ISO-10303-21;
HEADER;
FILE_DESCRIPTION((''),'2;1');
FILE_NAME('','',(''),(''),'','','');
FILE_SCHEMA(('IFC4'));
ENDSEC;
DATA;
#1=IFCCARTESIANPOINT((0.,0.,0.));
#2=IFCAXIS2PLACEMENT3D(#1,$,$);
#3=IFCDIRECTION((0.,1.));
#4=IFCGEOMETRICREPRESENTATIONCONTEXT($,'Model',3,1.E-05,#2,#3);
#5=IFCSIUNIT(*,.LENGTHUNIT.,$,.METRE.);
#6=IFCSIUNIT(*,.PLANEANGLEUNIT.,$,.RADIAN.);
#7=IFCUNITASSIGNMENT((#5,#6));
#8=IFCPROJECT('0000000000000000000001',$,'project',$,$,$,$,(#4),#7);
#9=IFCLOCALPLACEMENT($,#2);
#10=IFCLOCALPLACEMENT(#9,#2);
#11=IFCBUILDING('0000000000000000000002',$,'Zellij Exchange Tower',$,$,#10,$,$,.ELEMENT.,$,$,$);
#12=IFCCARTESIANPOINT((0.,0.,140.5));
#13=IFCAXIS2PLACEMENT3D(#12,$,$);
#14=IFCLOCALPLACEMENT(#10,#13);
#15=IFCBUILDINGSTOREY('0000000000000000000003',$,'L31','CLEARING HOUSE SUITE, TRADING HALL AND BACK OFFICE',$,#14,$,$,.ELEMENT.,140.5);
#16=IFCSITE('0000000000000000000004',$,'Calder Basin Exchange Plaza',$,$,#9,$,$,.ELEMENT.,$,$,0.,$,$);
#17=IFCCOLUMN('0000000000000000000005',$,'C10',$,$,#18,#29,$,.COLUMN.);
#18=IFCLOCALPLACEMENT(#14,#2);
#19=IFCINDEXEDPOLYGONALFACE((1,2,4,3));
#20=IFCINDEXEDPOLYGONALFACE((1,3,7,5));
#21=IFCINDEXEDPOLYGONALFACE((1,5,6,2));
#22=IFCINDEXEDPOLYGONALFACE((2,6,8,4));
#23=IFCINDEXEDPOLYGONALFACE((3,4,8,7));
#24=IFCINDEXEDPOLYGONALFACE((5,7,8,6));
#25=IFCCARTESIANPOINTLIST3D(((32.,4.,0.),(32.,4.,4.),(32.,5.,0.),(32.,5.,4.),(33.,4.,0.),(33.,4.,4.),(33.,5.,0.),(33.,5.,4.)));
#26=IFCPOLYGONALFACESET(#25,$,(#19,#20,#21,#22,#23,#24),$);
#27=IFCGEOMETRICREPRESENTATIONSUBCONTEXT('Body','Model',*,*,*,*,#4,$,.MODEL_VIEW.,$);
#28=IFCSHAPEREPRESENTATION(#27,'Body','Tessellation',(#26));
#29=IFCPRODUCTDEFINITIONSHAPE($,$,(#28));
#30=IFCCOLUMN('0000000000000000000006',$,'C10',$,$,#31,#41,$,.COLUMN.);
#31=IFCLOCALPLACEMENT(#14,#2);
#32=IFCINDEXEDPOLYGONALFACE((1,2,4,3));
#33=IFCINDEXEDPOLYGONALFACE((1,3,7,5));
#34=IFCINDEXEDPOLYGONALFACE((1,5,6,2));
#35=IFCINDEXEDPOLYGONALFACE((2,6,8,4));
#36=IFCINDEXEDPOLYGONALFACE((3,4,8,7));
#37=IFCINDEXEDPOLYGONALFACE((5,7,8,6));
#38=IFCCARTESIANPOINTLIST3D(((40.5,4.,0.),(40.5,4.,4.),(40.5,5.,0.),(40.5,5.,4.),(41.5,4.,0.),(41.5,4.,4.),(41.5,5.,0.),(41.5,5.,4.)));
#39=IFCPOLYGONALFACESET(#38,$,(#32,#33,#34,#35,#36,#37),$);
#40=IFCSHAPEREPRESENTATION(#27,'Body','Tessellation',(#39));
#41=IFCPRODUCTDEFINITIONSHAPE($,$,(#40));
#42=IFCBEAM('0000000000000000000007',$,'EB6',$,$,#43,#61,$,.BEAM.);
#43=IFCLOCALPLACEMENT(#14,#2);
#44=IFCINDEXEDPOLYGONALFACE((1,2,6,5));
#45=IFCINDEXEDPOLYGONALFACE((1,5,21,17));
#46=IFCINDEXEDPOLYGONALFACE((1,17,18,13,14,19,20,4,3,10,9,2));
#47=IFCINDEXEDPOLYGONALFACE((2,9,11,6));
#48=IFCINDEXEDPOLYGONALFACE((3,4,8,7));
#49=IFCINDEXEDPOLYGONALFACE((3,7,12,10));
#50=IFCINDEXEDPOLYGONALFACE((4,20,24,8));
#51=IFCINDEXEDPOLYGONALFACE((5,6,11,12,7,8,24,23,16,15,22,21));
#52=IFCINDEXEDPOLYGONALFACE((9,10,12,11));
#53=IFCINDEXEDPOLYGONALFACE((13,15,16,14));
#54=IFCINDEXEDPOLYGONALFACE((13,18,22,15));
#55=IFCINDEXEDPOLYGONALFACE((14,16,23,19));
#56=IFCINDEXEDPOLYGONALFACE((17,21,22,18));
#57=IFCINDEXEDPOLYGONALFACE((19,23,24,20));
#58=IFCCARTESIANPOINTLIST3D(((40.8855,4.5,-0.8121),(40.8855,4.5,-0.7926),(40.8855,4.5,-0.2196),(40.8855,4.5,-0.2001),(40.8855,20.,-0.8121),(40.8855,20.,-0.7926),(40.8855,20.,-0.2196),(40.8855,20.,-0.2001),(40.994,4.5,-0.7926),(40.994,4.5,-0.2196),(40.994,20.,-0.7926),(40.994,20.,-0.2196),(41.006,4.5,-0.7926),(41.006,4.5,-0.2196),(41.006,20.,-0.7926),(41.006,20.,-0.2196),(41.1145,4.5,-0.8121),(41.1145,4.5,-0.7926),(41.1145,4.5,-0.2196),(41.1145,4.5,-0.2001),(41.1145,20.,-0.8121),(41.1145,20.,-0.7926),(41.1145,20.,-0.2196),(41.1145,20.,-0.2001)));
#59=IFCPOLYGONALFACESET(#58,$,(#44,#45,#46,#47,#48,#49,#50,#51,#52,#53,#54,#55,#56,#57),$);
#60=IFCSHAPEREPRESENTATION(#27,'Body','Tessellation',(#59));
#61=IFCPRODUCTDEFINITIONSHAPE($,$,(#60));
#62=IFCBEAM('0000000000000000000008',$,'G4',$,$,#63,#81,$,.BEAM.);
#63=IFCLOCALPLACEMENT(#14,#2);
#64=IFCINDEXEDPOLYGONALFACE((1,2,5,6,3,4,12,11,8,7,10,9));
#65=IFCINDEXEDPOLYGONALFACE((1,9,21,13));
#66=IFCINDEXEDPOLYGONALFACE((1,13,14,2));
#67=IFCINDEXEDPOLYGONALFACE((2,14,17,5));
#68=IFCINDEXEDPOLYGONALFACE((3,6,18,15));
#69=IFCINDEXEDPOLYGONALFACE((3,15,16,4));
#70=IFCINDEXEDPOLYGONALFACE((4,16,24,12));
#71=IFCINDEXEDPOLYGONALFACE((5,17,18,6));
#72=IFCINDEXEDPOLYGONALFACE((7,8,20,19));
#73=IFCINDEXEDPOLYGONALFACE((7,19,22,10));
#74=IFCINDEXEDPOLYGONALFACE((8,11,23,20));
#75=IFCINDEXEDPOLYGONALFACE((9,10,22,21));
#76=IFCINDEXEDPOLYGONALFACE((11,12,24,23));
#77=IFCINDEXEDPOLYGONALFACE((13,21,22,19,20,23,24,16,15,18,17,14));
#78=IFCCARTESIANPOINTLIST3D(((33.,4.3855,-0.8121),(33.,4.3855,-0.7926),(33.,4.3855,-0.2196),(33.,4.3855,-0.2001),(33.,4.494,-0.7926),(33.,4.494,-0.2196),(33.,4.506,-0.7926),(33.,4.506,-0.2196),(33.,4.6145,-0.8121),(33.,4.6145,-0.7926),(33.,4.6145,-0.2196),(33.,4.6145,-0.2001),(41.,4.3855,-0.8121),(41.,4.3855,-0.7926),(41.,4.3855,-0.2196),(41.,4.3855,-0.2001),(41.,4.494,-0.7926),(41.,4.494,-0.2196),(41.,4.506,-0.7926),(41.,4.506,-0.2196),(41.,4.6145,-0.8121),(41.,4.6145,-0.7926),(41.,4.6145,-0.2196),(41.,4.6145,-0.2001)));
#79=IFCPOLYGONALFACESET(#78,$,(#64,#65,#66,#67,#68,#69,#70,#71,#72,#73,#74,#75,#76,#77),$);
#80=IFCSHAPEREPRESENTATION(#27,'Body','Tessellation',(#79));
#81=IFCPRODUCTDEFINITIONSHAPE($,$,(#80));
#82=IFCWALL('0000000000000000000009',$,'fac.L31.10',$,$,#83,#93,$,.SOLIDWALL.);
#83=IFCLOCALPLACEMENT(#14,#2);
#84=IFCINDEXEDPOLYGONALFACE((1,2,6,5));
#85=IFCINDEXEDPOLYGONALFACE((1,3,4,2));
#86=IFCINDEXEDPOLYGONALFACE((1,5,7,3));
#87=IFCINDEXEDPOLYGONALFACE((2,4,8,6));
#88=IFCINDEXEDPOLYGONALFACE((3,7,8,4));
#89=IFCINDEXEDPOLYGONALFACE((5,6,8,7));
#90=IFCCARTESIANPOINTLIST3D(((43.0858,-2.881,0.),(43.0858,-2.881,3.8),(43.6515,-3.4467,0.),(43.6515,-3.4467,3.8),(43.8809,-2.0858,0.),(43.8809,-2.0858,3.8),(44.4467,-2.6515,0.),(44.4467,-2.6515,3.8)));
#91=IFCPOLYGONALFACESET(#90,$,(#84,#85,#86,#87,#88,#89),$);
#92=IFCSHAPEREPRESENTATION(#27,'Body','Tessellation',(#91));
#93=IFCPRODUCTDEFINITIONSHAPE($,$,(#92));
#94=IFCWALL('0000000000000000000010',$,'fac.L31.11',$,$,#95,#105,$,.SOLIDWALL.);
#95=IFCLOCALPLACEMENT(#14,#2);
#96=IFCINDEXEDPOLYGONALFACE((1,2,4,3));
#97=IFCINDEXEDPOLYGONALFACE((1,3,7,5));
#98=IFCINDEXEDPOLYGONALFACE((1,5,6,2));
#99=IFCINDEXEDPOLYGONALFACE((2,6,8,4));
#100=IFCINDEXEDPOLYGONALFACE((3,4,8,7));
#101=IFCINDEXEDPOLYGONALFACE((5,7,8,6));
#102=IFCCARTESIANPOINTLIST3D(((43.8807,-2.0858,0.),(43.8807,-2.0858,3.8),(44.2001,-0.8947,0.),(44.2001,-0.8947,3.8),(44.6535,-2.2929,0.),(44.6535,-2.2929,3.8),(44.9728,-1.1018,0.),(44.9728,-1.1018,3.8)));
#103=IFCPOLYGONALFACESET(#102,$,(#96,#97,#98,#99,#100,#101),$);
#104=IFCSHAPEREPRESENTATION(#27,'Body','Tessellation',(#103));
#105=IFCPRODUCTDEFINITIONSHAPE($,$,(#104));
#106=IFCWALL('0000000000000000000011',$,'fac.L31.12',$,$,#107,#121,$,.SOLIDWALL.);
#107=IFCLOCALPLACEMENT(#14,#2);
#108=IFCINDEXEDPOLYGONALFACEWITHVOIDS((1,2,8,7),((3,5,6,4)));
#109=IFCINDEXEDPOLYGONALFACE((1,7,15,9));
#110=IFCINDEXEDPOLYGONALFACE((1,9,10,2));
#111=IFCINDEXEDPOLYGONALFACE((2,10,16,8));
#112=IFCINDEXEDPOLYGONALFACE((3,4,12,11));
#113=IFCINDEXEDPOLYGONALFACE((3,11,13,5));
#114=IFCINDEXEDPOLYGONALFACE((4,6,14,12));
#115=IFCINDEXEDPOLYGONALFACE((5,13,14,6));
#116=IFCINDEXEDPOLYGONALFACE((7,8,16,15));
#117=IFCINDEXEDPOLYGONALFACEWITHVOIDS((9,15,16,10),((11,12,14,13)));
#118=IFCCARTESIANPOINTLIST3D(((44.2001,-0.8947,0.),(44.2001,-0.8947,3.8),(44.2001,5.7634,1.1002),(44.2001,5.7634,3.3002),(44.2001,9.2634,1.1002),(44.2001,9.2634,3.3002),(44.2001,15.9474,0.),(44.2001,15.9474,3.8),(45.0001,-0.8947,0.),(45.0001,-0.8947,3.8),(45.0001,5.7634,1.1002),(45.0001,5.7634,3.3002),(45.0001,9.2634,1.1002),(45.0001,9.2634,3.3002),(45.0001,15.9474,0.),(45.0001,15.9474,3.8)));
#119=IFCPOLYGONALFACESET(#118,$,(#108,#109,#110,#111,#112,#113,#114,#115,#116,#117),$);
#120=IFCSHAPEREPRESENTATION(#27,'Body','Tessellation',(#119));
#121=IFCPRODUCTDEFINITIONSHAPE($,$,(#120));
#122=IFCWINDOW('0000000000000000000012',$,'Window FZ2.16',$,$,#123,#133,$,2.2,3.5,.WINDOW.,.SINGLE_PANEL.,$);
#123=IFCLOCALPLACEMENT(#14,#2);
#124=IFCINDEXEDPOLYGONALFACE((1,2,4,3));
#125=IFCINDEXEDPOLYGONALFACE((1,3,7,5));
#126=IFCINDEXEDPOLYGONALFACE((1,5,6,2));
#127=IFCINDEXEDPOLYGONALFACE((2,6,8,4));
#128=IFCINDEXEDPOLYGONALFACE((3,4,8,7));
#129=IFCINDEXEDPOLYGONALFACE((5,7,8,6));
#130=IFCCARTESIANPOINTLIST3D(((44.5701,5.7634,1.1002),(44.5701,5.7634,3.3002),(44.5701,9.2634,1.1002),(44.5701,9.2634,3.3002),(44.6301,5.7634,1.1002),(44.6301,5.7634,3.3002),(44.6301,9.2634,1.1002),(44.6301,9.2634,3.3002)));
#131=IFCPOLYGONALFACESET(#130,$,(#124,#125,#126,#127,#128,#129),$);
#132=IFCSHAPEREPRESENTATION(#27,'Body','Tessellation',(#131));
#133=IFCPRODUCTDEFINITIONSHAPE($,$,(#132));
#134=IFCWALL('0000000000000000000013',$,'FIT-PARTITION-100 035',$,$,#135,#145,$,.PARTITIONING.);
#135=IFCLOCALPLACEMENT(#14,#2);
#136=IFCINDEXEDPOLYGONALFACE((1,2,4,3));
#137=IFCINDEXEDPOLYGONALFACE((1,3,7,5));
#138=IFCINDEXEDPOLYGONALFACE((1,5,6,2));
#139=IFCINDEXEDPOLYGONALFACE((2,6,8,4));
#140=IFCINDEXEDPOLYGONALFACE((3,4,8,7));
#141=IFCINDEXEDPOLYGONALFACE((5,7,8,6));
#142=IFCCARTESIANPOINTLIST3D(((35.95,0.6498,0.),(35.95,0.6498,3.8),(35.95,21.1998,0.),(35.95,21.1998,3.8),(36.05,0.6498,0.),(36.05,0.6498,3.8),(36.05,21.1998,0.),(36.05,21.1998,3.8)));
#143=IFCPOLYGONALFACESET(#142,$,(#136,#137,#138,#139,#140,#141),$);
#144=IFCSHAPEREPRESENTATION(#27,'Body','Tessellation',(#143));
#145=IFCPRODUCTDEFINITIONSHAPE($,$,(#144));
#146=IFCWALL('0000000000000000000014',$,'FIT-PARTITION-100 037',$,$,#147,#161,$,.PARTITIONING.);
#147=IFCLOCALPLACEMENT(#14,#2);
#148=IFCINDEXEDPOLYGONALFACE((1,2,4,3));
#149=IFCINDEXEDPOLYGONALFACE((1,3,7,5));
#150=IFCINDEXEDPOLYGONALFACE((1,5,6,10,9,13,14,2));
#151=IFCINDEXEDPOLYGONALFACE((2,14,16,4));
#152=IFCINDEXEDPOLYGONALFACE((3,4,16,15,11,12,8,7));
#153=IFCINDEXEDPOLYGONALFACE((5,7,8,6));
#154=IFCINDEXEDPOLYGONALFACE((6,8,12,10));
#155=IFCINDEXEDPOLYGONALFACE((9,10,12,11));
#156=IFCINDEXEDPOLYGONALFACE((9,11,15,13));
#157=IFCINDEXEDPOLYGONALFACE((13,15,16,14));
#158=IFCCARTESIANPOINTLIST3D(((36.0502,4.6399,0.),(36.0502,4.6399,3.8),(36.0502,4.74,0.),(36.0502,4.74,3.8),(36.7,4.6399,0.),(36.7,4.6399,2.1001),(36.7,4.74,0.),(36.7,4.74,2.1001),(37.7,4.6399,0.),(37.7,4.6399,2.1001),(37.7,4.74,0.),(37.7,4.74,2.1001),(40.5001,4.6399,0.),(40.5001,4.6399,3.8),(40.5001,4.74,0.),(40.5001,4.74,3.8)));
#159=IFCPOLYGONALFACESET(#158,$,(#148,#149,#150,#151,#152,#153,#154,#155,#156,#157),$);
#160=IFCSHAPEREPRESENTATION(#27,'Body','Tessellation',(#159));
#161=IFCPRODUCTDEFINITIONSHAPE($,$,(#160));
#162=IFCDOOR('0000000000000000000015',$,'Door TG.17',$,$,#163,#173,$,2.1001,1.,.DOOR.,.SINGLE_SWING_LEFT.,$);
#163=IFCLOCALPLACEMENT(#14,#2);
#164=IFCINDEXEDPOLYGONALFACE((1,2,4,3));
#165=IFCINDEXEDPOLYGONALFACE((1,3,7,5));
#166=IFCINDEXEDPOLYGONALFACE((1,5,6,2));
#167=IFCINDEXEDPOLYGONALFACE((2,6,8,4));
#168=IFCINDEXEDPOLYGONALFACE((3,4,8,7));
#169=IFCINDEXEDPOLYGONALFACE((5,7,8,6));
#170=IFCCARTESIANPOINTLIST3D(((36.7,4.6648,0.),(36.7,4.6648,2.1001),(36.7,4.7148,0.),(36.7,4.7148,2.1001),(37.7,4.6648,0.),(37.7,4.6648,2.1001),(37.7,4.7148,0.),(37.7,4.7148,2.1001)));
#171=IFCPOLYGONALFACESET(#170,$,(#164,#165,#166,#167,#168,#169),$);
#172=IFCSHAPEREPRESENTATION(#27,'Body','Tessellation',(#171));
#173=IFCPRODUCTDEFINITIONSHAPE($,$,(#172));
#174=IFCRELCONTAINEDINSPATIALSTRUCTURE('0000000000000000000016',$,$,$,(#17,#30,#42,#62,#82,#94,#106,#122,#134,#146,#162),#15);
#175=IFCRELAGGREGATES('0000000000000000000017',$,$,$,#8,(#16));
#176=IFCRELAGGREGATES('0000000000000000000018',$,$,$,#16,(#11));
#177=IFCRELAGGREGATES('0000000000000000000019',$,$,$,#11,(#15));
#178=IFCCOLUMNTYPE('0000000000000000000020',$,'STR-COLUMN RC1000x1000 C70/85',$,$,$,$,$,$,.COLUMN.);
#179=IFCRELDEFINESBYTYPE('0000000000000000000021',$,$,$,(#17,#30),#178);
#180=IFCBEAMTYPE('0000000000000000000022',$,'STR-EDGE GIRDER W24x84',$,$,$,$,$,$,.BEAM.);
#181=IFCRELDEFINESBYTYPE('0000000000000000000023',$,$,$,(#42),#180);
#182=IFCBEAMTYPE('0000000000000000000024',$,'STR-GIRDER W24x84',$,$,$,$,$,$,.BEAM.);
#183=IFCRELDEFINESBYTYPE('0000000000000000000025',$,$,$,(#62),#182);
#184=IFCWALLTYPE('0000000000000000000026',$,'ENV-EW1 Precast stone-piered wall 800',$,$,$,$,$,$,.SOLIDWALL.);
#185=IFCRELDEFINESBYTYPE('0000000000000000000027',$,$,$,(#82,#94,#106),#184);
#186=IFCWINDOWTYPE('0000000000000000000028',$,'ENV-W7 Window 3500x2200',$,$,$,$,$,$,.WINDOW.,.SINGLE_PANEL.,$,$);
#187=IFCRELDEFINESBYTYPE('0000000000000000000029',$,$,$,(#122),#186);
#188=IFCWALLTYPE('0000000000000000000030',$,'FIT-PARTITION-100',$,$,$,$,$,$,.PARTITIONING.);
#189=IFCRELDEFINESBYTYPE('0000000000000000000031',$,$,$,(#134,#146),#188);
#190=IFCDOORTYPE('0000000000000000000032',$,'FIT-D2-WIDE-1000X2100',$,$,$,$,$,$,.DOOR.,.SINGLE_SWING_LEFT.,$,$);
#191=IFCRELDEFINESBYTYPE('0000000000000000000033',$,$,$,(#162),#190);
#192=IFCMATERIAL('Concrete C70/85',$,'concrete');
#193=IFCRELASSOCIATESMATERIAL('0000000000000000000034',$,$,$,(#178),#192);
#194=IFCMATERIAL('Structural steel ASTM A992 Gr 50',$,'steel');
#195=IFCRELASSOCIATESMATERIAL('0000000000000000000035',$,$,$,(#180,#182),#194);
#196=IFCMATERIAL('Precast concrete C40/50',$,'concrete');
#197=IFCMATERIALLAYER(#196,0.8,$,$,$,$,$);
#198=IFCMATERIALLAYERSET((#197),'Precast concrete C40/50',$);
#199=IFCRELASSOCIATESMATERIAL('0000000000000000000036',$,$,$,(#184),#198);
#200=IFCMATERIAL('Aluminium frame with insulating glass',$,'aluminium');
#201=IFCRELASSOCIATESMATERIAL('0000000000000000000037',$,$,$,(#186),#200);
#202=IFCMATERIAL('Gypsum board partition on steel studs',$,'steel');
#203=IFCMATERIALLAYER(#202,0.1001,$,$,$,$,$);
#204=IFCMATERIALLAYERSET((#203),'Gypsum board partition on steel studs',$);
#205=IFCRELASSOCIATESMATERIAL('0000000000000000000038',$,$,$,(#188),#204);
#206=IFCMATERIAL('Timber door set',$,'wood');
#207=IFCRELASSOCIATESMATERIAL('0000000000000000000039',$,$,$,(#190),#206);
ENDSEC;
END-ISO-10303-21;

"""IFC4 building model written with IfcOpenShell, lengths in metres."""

from ifc_helpers import new_model, si_unit, direction, frame, frame_2d, origin, origin_2d, place, context, subcontext, project, spatial, rectangle, i_section, extrude, material, layer, layer_set, material_profile, profile_set, type_object, element, fill, save


model = new_model("IFC4")

# Units and contexts
model_context = context("Model", 3, precision=1e-05, world=origin(), true_north=direction((0.0, 1.0)))
body_context = subcontext(model_context, "Body", "Model", "MODEL_VIEW")
ifc_project = project(units=[si_unit("LENGTHUNIT", "METRE"), si_unit("PLANEANGLEUNIT", "RADIAN")], contexts=[model_context])

# Site, building, storey
site_placement = place(None, origin())
site = spatial("IfcSite", under=ifc_project, at=site_placement, Name="Calder Basin Exchange Plaza", CompositionType="ELEMENT", RefElevation=0.0)
building_placement = place(site_placement, origin())
building = spatial("IfcBuilding", under=site, at=building_placement, Name="Zellij Exchange Tower", CompositionType="ELEMENT")
storey_placement = place(building_placement, frame((0.0, 0.0, 140.5)))
storey = spatial("IfcBuildingStorey", under=building, at=storey_placement, Name="L31", Description="CLEARING HOUSE SUITE, TRADING HALL AND BACK OFFICE", CompositionType="ELEMENT", Elevation=140.5)

# Columns
ifc_material_1 = material(Name="Concrete C70/85", Category="concrete")
ifc_material_profile_1 = material_profile(ifc_material_1, rectangle(XDim=1.0, YDim=1.0, at=origin_2d()), Name="STR-COLUMN RC1000x1000 C70/85")
ifc_profile_set_1 = profile_set([ifc_material_profile_1], Name="Concrete C70/85")
column_type = type_object("IfcColumnType", Name="STR-COLUMN RC1000x1000 C70/85", PredefinedType="COLUMN", material=ifc_profile_set_1)
for number, where, z_axis, x_axis, name in (
    (1, (32.5, 4.5, 0.0), (0.0, 0.0, 1.0), (1.0, 0.0, 0.0), "C10"),
    (2, (41.0, 4.5, 0.0), (0.0, 0.0, 1.0), (1.0, 0.0, 0.0), "C10"),
):
    element("IfcColumn", number, at=place(storey_placement, frame(where, z_axis=z_axis, x_axis=x_axis)), inside=storey, type_object=column_type, Name=name, PredefinedType="COLUMN", context=body_context, shape_type="SweptSolid", body=[
        extrude(rectangle(XDim=1.0, YDim=1.0, at=origin_2d()), origin(), (0.0, 0.0, 1.0), 4.0),
    ])

# Beams
ifc_material_2 = material(Name="Structural steel ASTM A992 Gr 50", Category="steel")
ifc_material_profile_2 = material_profile(ifc_material_2, i_section(OverallWidth=0.229, OverallDepth=0.6121, WebThickness=0.012, FlangeThickness=0.0195, at=origin_2d()), Name="W24x84")
ifc_profile_set_2 = profile_set([ifc_material_profile_2], Name="Structural steel ASTM A992 Gr 50")
beam_type_1 = type_object("IfcBeamType", Name="STR-EDGE GIRDER W24x84", PredefinedType="BEAM", material=ifc_profile_set_2)
beam_1_placement = place(storey_placement, frame((41.0, 4.5, -0.5061), z_axis=(0.0, 1.0, 0.0), x_axis=(-1.0, 0.0, 0.0)))
element("IfcBeam", 3, at=beam_1_placement, inside=storey, type_object=beam_type_1, Name="EB6", PredefinedType="BEAM", context=body_context, shape_type="SweptSolid", body=[
    extrude(i_section(OverallWidth=0.229, OverallDepth=0.6121, WebThickness=0.012, FlangeThickness=0.0195, at=origin_2d()), origin(), (0.0, 0.0, 1.0), 15.5),
])
ifc_material_profile_3 = material_profile(ifc_material_2, i_section(OverallWidth=0.229, OverallDepth=0.6121, WebThickness=0.012, FlangeThickness=0.0195, at=origin_2d()), Name="W24x84")
ifc_profile_set_3 = profile_set([ifc_material_profile_3], Name="Structural steel ASTM A992 Gr 50")
beam_type_2 = type_object("IfcBeamType", Name="STR-GIRDER W24x84", PredefinedType="BEAM", material=ifc_profile_set_3)
beam_2_placement = place(storey_placement, frame((33.0, 4.5, -0.5061), z_axis=(1.0, 0.0, 0.0), x_axis=(0.0, 1.0, 0.0)))
element("IfcBeam", 4, at=beam_2_placement, inside=storey, type_object=beam_type_2, Name="G4", PredefinedType="BEAM", context=body_context, shape_type="SweptSolid", body=[
    extrude(i_section(OverallWidth=0.229, OverallDepth=0.6121, WebThickness=0.012, FlangeThickness=0.0195, at=origin_2d()), origin(), (0.0, 0.0, 1.0), 8.0),
])

# Walls
ifc_material_3 = material(Name="Precast concrete C40/50", Category="concrete")
ifc_layer_1 = layer(ifc_material_3, 0.8)
ifc_layer_set_1 = layer_set([ifc_layer_1], Name="Precast concrete C40/50")
wall_type_1 = type_object("IfcWallType", Name="ENV-EW1 Precast stone-piered wall 800", PredefinedType="SOLIDWALL", material=ifc_layer_set_1)
wall_1_placement = place(storey_placement, frame((43.3687, -3.1638, 0.0), z_axis=(0.0, 0.0, 1.0), x_axis=(0.707107, 0.707107, 0.0)))
element("IfcWall", 5, at=wall_1_placement, inside=storey, type_object=wall_type_1, Name="fac.L31.10", PredefinedType="SOLIDWALL", context=body_context, shape_type="SweptSolid", body=[
    extrude(rectangle(XDim=1.1245, YDim=0.8, at=frame_2d((0.5623, 0.0))), origin(), (0.0, 0.0, 1.0), 3.8),
])
wall_2_placement = place(storey_placement, frame((44.2671, -2.1895, 0.0), z_axis=(0.0, 0.0, 1.0), x_axis=(0.258944, 0.965892, 0.0)))
element("IfcWall", 6, at=wall_2_placement, inside=storey, type_object=wall_type_1, Name="fac.L31.11", PredefinedType="SOLIDWALL", context=body_context, shape_type="SweptSolid", body=[
    extrude(rectangle(XDim=1.2332, YDim=0.8, at=frame_2d((0.6167, 0.0))), origin(), (0.0, 0.0, 1.0), 3.8),
])

# Wall, opening, window
wall_3_placement = place(storey_placement, frame((44.6001, -0.8945, 0.0), z_axis=(0.0, 0.0, 1.0), x_axis=(0.0, 1.0, 0.0)))
wall_3 = element("IfcWall", 7, at=wall_3_placement, inside=storey, type_object=wall_type_1, Name="fac.L31.12", PredefinedType="SOLIDWALL", context=body_context, shape_type="SweptSolid", body=[
    extrude(rectangle(XDim=16.842, YDim=0.8, at=frame_2d((8.4209, 0.0))), origin(), (0.0, 0.0, 1.0), 3.8),
])
opening_1_placement = place(wall_3_placement, frame((6.658, 0.0, 1.1001)))
opening_1 = element("IfcOpeningElement", 8, at=opening_1_placement, cuts=wall_3, PredefinedType="OPENING", context=body_context, shape_type="SweptSolid", body=[
    extrude(rectangle(XDim=3.5, YDim=2.2, at=frame_2d((1.75, 1.1001))), frame((0.0, 0.4121, 0.0), z_axis=(0.0, -1.0, 0.0), x_axis=(1.0, 0.0, 0.0)), (0.0, 0.0, 1.0), 0.824),
])
ifc_material_4 = material(Name="Aluminium frame with insulating glass", Category="aluminium")
window_type = type_object("IfcWindowType", Name="ENV-W7 Window 3500x2200", PartitioningType="SINGLE_PANEL", PredefinedType="WINDOW", material=ifc_material_4)
window_placement = place(opening_1_placement, origin())
window = element("IfcWindow", 9, at=window_placement, inside=storey, type_object=window_type, Name="Window FZ2.16", OverallHeight=2.2, OverallWidth=3.5, PartitioningType="SINGLE_PANEL", PredefinedType="WINDOW", context=body_context, shape_type="SweptSolid", body=[
    extrude(rectangle(XDim=3.5, YDim=2.2, at=frame_2d((1.75, 1.1001))), frame((0.0, 0.03, 0.0), z_axis=(0.0, -1.0, 0.0), x_axis=(1.0, 0.0, 0.0)), (0.0, 0.0, 1.0), 0.0601),
])
fill(opening_1, window)

# Wall
ifc_material_5 = material(Name="Gypsum board partition on steel studs", Category="steel")
ifc_layer_2 = layer(ifc_material_5, 0.1001)
ifc_layer_set_2 = layer_set([ifc_layer_2], Name="Gypsum board partition on steel studs")
wall_type_2 = type_object("IfcWallType", Name="FIT-PARTITION-100", PredefinedType="PARTITIONING", material=ifc_layer_set_2)
wall_4_placement = place(storey_placement, frame((36.0, 0.6499, 0.0), z_axis=(0.0, 0.0, 1.0), x_axis=(0.0, 1.0, 0.0)))
element("IfcWall", 10, at=wall_4_placement, inside=storey, type_object=wall_type_2, Name="FIT-PARTITION-100 035", PredefinedType="PARTITIONING", context=body_context, shape_type="SweptSolid", body=[
    extrude(rectangle(XDim=20.55, YDim=0.1001, at=frame_2d((10.2749, 0.0))), origin(), (0.0, 0.0, 1.0), 3.8),
])

# Wall, opening, door
wall_5_placement = place(storey_placement, frame((36.05, 4.6899, 0.0), z_axis=(0.0, 0.0, 1.0), x_axis=(1.0, 0.0, 0.0)))
wall_5 = element("IfcWall", 11, at=wall_5_placement, inside=storey, type_object=wall_type_2, Name="FIT-PARTITION-100 037", PredefinedType="PARTITIONING", context=body_context, shape_type="SweptSolid", body=[
    extrude(rectangle(XDim=4.45, YDim=0.1001, at=frame_2d((2.2251, 0.0))), origin(), (0.0, 0.0, 1.0), 3.8),
])
opening_2_placement = place(wall_5_placement, frame((0.6499, 0.0, 0.0)))
opening_2 = element("IfcOpeningElement", 12, at=opening_2_placement, cuts=wall_5, PredefinedType="OPENING", context=body_context, shape_type="SweptSolid", body=[
    extrude(rectangle(XDim=1.0, YDim=2.1001, at=frame_2d((0.5, 1.05))), frame((0.0, 0.062, 0.0), z_axis=(0.0, -1.0, 0.0), x_axis=(1.0, 0.0, 0.0)), (0.0, 0.0, 1.0), 0.124),
])
ifc_material_6 = material(Name="Timber door set", Category="wood")
door_type = type_object("IfcDoorType", Name="FIT-D2-WIDE-1000X2100", OperationType="SINGLE_SWING_LEFT", PredefinedType="DOOR", material=ifc_material_6)
door_placement = place(opening_2_placement, origin())
door = element("IfcDoor", 13, at=door_placement, inside=storey, type_object=door_type, Name="Door TG.17", OperationType="SINGLE_SWING_LEFT", OverallHeight=2.1001, OverallWidth=1.0, PredefinedType="DOOR", context=body_context, shape_type="SweptSolid", body=[
    extrude(rectangle(XDim=1.0, YDim=2.1001, at=frame_2d((0.5, 1.05))), frame((0.0, 0.0249, 0.0), z_axis=(0.0, -1.0, 0.0), x_axis=(1.0, 0.0, 0.0)), (0.0, 0.0, 1.0), 0.05),
])
fill(opening_2, door)

save(model, "model.ifc")
